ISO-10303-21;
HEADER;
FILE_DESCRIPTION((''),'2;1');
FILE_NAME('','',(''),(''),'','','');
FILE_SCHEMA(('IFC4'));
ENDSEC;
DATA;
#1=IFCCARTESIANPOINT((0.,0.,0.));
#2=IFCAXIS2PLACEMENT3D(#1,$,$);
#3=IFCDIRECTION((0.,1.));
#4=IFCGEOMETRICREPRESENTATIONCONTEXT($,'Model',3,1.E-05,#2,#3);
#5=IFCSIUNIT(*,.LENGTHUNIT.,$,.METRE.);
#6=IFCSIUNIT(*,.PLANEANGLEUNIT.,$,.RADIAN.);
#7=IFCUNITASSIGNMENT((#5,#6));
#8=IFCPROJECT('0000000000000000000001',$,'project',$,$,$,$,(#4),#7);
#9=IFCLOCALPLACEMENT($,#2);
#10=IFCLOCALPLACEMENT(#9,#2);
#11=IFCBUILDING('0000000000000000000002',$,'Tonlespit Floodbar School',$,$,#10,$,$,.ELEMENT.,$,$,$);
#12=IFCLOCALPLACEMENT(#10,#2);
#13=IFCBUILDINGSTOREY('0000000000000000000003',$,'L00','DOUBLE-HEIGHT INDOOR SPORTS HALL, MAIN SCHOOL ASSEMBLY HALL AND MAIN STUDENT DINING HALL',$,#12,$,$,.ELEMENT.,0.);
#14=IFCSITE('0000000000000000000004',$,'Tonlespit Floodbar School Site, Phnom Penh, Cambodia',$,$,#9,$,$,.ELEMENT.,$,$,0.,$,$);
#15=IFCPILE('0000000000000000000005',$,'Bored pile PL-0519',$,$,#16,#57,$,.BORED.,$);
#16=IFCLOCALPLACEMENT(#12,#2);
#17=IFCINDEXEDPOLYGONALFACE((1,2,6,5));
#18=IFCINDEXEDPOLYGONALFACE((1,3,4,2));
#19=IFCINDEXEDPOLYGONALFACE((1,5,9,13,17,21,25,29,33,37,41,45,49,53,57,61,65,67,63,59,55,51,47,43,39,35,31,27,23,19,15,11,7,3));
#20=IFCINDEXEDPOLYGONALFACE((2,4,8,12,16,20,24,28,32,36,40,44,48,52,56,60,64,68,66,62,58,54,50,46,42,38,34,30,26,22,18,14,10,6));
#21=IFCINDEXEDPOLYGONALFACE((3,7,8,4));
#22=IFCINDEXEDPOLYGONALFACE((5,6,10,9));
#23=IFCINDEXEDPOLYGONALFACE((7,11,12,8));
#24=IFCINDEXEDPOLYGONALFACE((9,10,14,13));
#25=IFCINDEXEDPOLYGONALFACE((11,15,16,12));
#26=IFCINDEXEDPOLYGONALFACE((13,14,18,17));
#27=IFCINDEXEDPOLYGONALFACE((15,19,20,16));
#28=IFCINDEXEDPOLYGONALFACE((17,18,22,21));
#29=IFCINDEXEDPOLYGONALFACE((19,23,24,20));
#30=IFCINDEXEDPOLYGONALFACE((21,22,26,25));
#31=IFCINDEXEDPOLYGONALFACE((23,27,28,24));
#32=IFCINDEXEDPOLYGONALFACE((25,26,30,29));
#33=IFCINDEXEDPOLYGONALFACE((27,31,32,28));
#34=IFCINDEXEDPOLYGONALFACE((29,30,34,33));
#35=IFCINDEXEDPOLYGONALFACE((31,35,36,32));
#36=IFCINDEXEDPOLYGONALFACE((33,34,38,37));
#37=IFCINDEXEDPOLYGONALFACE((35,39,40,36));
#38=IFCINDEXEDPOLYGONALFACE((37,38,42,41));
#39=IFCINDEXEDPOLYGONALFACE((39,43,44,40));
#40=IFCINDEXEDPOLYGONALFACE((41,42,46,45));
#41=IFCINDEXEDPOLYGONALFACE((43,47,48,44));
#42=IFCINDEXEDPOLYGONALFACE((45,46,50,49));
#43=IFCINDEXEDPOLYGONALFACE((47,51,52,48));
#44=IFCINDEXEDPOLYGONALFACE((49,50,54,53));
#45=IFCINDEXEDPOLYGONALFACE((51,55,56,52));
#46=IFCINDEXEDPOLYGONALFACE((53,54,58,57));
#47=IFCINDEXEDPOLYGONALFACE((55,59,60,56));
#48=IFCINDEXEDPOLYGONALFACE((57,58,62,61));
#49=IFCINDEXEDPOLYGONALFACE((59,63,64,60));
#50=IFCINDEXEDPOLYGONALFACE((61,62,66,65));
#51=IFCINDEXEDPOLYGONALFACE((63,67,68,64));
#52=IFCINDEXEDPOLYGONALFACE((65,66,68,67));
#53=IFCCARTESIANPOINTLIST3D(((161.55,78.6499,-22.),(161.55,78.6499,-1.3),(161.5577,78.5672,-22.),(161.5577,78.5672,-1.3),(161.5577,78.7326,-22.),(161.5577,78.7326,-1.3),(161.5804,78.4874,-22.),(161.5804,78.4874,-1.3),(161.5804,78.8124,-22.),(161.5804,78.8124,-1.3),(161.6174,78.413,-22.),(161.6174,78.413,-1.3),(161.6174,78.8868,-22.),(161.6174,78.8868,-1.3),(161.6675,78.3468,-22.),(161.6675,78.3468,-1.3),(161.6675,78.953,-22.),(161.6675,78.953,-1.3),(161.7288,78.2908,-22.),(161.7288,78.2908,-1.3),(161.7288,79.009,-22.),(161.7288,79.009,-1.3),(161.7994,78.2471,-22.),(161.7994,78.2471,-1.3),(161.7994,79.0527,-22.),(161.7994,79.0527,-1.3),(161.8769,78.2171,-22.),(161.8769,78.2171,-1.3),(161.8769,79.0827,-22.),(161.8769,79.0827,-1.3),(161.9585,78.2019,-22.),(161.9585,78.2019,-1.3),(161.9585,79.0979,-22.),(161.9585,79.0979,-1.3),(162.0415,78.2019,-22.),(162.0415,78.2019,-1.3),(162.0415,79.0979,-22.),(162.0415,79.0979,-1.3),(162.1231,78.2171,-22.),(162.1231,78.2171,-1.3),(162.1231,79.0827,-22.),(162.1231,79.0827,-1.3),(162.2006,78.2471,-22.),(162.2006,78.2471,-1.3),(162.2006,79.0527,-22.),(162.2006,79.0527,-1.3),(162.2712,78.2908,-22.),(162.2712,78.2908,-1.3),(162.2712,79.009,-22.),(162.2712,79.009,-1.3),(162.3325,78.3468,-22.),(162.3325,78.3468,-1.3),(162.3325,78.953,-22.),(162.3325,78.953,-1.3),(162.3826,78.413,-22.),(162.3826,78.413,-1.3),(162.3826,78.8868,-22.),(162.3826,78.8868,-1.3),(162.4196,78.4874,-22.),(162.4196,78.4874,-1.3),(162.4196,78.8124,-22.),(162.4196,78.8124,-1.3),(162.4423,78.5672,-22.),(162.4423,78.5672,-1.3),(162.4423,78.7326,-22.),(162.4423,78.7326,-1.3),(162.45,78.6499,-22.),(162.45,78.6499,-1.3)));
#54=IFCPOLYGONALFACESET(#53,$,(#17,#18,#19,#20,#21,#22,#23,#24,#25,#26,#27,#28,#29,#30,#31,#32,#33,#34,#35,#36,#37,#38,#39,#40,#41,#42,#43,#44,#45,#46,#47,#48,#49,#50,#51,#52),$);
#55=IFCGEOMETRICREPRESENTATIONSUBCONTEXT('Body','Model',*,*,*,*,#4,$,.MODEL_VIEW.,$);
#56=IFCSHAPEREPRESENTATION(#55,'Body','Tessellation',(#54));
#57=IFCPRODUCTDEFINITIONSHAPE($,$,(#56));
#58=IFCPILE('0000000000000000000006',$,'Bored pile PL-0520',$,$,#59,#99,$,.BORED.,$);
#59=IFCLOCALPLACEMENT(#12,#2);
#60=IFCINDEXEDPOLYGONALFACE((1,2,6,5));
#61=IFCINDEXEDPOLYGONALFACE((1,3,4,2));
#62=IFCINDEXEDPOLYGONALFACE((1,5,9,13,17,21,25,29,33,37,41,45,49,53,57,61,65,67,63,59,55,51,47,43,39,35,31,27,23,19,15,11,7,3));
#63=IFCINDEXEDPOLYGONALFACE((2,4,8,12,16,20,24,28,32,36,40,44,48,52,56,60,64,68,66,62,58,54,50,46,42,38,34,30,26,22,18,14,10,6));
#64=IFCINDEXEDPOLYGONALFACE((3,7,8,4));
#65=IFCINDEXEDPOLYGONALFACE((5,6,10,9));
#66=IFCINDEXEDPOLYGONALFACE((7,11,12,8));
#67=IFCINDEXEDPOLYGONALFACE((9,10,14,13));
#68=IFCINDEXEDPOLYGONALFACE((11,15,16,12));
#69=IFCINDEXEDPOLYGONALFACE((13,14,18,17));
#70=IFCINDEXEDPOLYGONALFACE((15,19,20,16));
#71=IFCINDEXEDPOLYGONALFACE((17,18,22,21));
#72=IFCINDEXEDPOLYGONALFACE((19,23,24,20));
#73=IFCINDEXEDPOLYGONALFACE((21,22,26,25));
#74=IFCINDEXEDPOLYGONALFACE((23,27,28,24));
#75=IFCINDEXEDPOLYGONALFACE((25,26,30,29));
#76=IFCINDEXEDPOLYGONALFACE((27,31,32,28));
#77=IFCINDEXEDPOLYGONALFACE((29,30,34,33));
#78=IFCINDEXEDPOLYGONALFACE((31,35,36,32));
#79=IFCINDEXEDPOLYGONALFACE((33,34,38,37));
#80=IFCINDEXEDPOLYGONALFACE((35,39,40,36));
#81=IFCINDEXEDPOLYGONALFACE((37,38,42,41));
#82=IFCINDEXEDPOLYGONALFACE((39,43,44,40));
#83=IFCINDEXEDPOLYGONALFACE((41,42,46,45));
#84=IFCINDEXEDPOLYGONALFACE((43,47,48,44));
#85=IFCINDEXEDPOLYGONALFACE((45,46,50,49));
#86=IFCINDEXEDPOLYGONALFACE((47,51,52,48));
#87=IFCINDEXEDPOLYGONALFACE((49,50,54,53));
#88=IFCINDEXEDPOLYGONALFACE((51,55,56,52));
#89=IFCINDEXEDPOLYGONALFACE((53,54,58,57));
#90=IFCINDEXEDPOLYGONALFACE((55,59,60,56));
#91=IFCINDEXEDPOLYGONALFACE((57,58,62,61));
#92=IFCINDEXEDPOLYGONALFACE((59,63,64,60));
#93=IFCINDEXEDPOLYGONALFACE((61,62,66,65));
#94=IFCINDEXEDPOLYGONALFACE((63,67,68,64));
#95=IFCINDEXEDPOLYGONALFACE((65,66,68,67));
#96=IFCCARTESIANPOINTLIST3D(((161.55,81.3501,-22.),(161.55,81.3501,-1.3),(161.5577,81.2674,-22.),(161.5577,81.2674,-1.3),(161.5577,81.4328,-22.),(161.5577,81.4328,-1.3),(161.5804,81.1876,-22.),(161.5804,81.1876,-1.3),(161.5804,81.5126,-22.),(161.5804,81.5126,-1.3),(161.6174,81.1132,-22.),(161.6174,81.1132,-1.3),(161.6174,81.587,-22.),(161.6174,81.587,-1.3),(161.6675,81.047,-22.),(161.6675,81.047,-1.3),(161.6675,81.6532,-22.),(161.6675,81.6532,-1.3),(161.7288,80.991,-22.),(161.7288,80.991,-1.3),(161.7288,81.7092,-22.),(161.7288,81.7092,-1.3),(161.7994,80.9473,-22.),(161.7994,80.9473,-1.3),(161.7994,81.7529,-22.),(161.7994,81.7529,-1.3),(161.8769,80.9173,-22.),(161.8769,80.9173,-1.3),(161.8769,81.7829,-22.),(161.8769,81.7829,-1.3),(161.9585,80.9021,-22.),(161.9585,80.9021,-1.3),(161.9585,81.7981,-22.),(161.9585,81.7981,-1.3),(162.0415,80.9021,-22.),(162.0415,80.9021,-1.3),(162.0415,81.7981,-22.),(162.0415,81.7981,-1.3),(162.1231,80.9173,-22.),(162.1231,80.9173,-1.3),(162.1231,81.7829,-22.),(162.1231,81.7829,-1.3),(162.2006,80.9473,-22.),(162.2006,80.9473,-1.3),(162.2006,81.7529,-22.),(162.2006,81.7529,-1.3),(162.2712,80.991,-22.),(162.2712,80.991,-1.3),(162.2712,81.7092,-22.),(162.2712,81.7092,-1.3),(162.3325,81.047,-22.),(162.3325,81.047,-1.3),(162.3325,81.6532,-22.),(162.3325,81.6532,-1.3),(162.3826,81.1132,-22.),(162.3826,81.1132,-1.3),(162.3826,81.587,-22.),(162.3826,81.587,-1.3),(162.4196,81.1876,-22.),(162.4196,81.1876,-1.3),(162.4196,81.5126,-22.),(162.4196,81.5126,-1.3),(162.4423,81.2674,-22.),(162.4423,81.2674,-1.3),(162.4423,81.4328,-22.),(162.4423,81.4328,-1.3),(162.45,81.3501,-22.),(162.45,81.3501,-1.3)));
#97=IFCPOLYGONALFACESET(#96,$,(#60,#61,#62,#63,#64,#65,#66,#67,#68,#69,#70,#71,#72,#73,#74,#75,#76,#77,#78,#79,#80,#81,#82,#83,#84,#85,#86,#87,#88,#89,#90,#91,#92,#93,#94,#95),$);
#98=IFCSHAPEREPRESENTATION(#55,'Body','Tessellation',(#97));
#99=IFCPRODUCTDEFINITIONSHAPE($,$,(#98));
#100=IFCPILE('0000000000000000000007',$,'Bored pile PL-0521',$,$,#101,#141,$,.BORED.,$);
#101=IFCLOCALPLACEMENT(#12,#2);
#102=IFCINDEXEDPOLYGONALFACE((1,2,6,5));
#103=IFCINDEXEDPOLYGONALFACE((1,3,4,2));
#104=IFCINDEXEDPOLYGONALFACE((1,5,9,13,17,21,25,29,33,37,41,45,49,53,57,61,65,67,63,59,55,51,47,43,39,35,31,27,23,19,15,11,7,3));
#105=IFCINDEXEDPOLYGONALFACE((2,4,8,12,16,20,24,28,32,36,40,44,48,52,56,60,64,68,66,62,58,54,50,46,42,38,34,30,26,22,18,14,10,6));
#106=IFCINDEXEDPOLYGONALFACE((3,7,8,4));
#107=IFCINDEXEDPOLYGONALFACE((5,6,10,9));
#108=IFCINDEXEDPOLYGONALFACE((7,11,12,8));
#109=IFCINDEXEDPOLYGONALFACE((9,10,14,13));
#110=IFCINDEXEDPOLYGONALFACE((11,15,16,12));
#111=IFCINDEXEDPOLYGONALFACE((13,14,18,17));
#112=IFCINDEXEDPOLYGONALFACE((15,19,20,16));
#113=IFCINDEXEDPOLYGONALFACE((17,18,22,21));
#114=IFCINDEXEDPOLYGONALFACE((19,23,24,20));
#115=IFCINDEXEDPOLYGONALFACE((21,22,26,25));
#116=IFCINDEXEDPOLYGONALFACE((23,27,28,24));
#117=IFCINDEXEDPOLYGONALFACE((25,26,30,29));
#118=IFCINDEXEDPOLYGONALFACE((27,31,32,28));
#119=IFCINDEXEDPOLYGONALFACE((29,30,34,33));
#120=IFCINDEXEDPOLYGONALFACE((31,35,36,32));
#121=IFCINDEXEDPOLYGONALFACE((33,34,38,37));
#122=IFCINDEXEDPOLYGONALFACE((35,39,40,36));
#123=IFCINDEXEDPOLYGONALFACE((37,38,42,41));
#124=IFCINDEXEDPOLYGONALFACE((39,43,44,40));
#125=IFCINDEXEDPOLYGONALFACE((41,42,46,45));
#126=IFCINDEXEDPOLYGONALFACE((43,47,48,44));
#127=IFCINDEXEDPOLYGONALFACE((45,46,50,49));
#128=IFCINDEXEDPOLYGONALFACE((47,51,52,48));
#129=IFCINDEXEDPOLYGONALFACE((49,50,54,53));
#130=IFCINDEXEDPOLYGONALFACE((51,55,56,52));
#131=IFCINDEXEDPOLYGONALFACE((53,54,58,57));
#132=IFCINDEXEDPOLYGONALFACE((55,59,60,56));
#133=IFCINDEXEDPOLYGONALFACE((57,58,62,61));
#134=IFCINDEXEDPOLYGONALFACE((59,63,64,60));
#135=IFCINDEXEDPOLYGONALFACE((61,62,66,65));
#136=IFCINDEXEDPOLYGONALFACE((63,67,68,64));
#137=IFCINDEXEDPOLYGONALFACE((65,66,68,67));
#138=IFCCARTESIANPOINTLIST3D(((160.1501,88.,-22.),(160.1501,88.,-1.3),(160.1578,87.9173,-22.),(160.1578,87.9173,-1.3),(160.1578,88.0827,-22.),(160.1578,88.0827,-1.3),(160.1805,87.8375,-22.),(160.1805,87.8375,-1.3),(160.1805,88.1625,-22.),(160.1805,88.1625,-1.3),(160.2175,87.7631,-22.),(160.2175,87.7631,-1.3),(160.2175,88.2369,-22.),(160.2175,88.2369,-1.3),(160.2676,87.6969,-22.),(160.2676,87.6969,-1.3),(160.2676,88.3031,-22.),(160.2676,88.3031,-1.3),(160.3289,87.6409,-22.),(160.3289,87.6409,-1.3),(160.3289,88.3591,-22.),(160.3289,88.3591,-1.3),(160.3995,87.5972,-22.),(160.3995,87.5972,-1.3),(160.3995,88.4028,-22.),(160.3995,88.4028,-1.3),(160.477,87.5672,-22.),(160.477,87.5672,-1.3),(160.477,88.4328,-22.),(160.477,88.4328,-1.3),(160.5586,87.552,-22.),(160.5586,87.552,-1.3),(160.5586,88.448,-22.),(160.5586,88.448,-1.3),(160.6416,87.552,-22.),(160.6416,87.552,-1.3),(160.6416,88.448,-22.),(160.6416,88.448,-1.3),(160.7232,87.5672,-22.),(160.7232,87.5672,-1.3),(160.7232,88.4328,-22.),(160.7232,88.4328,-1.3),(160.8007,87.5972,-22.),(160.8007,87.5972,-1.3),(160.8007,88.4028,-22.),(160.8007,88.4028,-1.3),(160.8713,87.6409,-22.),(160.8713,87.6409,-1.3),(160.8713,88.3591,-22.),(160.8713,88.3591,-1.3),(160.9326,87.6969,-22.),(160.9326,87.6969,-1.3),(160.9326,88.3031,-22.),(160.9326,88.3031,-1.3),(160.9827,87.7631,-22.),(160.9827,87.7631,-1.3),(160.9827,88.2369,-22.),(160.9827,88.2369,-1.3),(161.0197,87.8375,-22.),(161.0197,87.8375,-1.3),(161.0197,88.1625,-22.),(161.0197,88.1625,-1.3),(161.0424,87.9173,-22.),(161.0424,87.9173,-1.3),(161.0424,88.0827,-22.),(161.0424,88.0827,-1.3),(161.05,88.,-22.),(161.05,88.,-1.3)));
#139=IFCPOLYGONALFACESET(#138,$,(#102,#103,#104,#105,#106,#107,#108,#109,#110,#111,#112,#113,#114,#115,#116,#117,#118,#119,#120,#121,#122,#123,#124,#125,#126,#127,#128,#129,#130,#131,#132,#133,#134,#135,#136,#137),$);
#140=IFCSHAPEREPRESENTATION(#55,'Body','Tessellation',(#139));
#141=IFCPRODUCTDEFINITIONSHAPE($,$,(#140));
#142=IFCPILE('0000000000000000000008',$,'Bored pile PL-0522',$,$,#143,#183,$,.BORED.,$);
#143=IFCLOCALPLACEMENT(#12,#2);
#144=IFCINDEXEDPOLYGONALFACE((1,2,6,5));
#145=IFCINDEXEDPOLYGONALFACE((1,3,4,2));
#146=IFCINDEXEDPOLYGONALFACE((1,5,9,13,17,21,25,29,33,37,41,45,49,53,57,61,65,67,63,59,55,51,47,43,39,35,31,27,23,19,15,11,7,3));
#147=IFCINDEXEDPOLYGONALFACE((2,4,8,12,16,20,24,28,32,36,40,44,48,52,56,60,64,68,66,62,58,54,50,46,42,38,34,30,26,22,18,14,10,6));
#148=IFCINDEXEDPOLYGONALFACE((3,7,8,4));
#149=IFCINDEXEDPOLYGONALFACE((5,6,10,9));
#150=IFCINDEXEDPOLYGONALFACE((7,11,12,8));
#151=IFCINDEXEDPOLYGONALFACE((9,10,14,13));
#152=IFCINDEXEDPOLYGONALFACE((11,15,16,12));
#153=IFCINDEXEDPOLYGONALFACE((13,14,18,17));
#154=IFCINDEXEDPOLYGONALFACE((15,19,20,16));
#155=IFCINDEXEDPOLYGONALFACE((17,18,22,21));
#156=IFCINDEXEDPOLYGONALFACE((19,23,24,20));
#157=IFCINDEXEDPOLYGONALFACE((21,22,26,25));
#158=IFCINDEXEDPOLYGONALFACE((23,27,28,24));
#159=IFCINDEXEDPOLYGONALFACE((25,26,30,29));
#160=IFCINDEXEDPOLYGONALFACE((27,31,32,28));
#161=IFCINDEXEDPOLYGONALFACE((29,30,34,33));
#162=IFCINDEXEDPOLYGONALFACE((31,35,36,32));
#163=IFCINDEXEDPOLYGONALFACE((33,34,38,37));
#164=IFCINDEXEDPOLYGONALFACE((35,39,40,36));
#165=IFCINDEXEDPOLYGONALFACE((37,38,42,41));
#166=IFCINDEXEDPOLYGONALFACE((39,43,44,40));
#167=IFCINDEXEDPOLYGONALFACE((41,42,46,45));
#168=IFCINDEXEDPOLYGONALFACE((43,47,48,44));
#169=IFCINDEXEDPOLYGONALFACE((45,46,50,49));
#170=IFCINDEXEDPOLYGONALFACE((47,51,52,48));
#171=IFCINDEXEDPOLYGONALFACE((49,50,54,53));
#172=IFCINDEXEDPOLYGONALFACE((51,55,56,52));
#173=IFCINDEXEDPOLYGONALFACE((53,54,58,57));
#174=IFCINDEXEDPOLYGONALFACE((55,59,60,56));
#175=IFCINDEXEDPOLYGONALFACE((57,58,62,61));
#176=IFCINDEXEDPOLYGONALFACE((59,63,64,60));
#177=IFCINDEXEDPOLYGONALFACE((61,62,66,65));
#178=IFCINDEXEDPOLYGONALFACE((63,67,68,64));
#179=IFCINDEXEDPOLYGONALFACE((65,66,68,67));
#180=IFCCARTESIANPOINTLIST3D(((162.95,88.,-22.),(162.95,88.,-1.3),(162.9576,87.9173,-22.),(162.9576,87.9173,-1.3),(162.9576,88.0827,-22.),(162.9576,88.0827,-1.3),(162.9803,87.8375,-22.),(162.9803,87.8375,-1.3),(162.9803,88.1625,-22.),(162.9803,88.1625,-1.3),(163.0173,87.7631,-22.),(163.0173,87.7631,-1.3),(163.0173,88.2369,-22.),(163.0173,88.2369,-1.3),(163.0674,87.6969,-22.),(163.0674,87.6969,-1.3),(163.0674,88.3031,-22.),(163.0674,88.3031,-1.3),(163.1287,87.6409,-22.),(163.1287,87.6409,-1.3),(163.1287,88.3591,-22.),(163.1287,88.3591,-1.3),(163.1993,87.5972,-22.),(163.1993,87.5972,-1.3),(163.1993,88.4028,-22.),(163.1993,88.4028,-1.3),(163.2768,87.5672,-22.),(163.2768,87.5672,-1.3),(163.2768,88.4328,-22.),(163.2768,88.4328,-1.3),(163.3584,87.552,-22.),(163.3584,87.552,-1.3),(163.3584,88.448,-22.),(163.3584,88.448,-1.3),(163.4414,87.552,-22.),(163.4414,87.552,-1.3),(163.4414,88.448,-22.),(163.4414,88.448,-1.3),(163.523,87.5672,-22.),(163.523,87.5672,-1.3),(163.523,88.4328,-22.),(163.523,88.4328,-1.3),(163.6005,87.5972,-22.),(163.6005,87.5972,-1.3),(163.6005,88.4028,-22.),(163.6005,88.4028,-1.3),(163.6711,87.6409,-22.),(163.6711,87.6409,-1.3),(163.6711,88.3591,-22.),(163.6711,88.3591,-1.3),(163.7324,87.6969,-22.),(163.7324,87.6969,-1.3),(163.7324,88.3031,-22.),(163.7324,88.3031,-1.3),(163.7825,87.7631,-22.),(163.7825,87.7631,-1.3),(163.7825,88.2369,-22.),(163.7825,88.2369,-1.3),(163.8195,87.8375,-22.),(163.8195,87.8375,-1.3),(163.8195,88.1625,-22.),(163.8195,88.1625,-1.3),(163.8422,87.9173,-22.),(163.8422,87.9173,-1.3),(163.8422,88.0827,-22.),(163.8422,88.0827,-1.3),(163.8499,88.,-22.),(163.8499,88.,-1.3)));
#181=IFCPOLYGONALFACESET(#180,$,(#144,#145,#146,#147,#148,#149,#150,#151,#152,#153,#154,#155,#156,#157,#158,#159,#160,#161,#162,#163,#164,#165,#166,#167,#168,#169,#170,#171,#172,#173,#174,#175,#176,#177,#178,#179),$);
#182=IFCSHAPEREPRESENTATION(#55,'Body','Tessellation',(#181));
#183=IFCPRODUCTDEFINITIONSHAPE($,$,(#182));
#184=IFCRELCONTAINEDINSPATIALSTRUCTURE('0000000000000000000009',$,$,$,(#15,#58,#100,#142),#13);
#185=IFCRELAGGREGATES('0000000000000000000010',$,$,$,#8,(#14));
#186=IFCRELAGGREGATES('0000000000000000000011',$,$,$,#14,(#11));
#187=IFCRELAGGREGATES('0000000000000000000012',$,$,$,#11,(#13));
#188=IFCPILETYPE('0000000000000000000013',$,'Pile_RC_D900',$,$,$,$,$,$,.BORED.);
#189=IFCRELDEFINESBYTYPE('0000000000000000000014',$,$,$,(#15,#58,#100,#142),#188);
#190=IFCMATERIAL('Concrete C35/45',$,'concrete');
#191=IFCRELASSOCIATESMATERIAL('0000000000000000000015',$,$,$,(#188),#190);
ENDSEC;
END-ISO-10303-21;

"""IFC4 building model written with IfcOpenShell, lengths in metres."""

from ifc_helpers import new_model, si_unit, direction, frame, origin, origin_2d, place, context, subcontext, project, spatial, circle, extrude, material, material_profile, profile_set, type_object, element, save


model = new_model("IFC4")

# Units and contexts
model_context = context("Model", 3, precision=1e-05, world=origin(), true_north=direction((0.0, 1.0)))
body_context = subcontext(model_context, "Body", "Model", "MODEL_VIEW")
ifc_project = project(units=[si_unit("LENGTHUNIT", "METRE"), si_unit("PLANEANGLEUNIT", "RADIAN")], contexts=[model_context])

# Site, building, storey
site_placement = place(None, origin())
site = spatial("IfcSite", under=ifc_project, at=site_placement, Name="Tonlespit Floodbar School Site, Phnom Penh, Cambodia", CompositionType="ELEMENT", RefElevation=0.0)
building_placement = place(site_placement, origin())
building = spatial("IfcBuilding", under=site, at=building_placement, Name="Tonlespit Floodbar School", CompositionType="ELEMENT")
storey_placement = place(building_placement, origin())
storey = spatial("IfcBuildingStorey", under=building, at=storey_placement, Name="L00", Description="DOUBLE-HEIGHT INDOOR SPORTS HALL, MAIN SCHOOL ASSEMBLY HALL AND MAIN STUDENT DINING HALL", CompositionType="ELEMENT", Elevation=0.0)

# Piles
ifc_material_1 = material(Name="Concrete C35/45", Category="concrete")
ifc_material_profile_1 = material_profile(ifc_material_1, circle(Radius=0.45, at=origin_2d()), Name="BP D900")
ifc_profile_set_1 = profile_set([ifc_material_profile_1], Name="Concrete C35/45")
pile_type = type_object("IfcPileType", Name="Pile_RC_D900", PredefinedType="BORED", material=ifc_profile_set_1)
for number, where, z_axis, x_axis, name in (
    (1, (162.0, 78.6499, -1.3), (0.0, 0.0, -1.0), (1.0, 0.0, 0.0), "Bored pile PL-0519"),
    (2, (162.0, 81.3501, -1.3), (0.0, 0.0, -1.0), (1.0, 0.0, 0.0), "Bored pile PL-0520"),
    (3, (160.6001, 88.0, -1.3), (0.0, 0.0, -1.0), (1.0, 0.0, 0.0), "Bored pile PL-0521"),
    (4, (163.3999, 88.0, -1.3), (0.0, 0.0, -1.0), (1.0, 0.0, 0.0), "Bored pile PL-0522"),
):
    element("IfcPile", number, at=place(storey_placement, frame(where, z_axis=z_axis, x_axis=x_axis)), inside=storey, type_object=pile_type, Name=name, PredefinedType="BORED", context=body_context, shape_type="SweptSolid", body=[
        extrude(circle(Radius=0.45, at=origin_2d()), origin(), (0.0, 0.0, 1.0), 20.7),
    ])

save(model, "model.ifc")
